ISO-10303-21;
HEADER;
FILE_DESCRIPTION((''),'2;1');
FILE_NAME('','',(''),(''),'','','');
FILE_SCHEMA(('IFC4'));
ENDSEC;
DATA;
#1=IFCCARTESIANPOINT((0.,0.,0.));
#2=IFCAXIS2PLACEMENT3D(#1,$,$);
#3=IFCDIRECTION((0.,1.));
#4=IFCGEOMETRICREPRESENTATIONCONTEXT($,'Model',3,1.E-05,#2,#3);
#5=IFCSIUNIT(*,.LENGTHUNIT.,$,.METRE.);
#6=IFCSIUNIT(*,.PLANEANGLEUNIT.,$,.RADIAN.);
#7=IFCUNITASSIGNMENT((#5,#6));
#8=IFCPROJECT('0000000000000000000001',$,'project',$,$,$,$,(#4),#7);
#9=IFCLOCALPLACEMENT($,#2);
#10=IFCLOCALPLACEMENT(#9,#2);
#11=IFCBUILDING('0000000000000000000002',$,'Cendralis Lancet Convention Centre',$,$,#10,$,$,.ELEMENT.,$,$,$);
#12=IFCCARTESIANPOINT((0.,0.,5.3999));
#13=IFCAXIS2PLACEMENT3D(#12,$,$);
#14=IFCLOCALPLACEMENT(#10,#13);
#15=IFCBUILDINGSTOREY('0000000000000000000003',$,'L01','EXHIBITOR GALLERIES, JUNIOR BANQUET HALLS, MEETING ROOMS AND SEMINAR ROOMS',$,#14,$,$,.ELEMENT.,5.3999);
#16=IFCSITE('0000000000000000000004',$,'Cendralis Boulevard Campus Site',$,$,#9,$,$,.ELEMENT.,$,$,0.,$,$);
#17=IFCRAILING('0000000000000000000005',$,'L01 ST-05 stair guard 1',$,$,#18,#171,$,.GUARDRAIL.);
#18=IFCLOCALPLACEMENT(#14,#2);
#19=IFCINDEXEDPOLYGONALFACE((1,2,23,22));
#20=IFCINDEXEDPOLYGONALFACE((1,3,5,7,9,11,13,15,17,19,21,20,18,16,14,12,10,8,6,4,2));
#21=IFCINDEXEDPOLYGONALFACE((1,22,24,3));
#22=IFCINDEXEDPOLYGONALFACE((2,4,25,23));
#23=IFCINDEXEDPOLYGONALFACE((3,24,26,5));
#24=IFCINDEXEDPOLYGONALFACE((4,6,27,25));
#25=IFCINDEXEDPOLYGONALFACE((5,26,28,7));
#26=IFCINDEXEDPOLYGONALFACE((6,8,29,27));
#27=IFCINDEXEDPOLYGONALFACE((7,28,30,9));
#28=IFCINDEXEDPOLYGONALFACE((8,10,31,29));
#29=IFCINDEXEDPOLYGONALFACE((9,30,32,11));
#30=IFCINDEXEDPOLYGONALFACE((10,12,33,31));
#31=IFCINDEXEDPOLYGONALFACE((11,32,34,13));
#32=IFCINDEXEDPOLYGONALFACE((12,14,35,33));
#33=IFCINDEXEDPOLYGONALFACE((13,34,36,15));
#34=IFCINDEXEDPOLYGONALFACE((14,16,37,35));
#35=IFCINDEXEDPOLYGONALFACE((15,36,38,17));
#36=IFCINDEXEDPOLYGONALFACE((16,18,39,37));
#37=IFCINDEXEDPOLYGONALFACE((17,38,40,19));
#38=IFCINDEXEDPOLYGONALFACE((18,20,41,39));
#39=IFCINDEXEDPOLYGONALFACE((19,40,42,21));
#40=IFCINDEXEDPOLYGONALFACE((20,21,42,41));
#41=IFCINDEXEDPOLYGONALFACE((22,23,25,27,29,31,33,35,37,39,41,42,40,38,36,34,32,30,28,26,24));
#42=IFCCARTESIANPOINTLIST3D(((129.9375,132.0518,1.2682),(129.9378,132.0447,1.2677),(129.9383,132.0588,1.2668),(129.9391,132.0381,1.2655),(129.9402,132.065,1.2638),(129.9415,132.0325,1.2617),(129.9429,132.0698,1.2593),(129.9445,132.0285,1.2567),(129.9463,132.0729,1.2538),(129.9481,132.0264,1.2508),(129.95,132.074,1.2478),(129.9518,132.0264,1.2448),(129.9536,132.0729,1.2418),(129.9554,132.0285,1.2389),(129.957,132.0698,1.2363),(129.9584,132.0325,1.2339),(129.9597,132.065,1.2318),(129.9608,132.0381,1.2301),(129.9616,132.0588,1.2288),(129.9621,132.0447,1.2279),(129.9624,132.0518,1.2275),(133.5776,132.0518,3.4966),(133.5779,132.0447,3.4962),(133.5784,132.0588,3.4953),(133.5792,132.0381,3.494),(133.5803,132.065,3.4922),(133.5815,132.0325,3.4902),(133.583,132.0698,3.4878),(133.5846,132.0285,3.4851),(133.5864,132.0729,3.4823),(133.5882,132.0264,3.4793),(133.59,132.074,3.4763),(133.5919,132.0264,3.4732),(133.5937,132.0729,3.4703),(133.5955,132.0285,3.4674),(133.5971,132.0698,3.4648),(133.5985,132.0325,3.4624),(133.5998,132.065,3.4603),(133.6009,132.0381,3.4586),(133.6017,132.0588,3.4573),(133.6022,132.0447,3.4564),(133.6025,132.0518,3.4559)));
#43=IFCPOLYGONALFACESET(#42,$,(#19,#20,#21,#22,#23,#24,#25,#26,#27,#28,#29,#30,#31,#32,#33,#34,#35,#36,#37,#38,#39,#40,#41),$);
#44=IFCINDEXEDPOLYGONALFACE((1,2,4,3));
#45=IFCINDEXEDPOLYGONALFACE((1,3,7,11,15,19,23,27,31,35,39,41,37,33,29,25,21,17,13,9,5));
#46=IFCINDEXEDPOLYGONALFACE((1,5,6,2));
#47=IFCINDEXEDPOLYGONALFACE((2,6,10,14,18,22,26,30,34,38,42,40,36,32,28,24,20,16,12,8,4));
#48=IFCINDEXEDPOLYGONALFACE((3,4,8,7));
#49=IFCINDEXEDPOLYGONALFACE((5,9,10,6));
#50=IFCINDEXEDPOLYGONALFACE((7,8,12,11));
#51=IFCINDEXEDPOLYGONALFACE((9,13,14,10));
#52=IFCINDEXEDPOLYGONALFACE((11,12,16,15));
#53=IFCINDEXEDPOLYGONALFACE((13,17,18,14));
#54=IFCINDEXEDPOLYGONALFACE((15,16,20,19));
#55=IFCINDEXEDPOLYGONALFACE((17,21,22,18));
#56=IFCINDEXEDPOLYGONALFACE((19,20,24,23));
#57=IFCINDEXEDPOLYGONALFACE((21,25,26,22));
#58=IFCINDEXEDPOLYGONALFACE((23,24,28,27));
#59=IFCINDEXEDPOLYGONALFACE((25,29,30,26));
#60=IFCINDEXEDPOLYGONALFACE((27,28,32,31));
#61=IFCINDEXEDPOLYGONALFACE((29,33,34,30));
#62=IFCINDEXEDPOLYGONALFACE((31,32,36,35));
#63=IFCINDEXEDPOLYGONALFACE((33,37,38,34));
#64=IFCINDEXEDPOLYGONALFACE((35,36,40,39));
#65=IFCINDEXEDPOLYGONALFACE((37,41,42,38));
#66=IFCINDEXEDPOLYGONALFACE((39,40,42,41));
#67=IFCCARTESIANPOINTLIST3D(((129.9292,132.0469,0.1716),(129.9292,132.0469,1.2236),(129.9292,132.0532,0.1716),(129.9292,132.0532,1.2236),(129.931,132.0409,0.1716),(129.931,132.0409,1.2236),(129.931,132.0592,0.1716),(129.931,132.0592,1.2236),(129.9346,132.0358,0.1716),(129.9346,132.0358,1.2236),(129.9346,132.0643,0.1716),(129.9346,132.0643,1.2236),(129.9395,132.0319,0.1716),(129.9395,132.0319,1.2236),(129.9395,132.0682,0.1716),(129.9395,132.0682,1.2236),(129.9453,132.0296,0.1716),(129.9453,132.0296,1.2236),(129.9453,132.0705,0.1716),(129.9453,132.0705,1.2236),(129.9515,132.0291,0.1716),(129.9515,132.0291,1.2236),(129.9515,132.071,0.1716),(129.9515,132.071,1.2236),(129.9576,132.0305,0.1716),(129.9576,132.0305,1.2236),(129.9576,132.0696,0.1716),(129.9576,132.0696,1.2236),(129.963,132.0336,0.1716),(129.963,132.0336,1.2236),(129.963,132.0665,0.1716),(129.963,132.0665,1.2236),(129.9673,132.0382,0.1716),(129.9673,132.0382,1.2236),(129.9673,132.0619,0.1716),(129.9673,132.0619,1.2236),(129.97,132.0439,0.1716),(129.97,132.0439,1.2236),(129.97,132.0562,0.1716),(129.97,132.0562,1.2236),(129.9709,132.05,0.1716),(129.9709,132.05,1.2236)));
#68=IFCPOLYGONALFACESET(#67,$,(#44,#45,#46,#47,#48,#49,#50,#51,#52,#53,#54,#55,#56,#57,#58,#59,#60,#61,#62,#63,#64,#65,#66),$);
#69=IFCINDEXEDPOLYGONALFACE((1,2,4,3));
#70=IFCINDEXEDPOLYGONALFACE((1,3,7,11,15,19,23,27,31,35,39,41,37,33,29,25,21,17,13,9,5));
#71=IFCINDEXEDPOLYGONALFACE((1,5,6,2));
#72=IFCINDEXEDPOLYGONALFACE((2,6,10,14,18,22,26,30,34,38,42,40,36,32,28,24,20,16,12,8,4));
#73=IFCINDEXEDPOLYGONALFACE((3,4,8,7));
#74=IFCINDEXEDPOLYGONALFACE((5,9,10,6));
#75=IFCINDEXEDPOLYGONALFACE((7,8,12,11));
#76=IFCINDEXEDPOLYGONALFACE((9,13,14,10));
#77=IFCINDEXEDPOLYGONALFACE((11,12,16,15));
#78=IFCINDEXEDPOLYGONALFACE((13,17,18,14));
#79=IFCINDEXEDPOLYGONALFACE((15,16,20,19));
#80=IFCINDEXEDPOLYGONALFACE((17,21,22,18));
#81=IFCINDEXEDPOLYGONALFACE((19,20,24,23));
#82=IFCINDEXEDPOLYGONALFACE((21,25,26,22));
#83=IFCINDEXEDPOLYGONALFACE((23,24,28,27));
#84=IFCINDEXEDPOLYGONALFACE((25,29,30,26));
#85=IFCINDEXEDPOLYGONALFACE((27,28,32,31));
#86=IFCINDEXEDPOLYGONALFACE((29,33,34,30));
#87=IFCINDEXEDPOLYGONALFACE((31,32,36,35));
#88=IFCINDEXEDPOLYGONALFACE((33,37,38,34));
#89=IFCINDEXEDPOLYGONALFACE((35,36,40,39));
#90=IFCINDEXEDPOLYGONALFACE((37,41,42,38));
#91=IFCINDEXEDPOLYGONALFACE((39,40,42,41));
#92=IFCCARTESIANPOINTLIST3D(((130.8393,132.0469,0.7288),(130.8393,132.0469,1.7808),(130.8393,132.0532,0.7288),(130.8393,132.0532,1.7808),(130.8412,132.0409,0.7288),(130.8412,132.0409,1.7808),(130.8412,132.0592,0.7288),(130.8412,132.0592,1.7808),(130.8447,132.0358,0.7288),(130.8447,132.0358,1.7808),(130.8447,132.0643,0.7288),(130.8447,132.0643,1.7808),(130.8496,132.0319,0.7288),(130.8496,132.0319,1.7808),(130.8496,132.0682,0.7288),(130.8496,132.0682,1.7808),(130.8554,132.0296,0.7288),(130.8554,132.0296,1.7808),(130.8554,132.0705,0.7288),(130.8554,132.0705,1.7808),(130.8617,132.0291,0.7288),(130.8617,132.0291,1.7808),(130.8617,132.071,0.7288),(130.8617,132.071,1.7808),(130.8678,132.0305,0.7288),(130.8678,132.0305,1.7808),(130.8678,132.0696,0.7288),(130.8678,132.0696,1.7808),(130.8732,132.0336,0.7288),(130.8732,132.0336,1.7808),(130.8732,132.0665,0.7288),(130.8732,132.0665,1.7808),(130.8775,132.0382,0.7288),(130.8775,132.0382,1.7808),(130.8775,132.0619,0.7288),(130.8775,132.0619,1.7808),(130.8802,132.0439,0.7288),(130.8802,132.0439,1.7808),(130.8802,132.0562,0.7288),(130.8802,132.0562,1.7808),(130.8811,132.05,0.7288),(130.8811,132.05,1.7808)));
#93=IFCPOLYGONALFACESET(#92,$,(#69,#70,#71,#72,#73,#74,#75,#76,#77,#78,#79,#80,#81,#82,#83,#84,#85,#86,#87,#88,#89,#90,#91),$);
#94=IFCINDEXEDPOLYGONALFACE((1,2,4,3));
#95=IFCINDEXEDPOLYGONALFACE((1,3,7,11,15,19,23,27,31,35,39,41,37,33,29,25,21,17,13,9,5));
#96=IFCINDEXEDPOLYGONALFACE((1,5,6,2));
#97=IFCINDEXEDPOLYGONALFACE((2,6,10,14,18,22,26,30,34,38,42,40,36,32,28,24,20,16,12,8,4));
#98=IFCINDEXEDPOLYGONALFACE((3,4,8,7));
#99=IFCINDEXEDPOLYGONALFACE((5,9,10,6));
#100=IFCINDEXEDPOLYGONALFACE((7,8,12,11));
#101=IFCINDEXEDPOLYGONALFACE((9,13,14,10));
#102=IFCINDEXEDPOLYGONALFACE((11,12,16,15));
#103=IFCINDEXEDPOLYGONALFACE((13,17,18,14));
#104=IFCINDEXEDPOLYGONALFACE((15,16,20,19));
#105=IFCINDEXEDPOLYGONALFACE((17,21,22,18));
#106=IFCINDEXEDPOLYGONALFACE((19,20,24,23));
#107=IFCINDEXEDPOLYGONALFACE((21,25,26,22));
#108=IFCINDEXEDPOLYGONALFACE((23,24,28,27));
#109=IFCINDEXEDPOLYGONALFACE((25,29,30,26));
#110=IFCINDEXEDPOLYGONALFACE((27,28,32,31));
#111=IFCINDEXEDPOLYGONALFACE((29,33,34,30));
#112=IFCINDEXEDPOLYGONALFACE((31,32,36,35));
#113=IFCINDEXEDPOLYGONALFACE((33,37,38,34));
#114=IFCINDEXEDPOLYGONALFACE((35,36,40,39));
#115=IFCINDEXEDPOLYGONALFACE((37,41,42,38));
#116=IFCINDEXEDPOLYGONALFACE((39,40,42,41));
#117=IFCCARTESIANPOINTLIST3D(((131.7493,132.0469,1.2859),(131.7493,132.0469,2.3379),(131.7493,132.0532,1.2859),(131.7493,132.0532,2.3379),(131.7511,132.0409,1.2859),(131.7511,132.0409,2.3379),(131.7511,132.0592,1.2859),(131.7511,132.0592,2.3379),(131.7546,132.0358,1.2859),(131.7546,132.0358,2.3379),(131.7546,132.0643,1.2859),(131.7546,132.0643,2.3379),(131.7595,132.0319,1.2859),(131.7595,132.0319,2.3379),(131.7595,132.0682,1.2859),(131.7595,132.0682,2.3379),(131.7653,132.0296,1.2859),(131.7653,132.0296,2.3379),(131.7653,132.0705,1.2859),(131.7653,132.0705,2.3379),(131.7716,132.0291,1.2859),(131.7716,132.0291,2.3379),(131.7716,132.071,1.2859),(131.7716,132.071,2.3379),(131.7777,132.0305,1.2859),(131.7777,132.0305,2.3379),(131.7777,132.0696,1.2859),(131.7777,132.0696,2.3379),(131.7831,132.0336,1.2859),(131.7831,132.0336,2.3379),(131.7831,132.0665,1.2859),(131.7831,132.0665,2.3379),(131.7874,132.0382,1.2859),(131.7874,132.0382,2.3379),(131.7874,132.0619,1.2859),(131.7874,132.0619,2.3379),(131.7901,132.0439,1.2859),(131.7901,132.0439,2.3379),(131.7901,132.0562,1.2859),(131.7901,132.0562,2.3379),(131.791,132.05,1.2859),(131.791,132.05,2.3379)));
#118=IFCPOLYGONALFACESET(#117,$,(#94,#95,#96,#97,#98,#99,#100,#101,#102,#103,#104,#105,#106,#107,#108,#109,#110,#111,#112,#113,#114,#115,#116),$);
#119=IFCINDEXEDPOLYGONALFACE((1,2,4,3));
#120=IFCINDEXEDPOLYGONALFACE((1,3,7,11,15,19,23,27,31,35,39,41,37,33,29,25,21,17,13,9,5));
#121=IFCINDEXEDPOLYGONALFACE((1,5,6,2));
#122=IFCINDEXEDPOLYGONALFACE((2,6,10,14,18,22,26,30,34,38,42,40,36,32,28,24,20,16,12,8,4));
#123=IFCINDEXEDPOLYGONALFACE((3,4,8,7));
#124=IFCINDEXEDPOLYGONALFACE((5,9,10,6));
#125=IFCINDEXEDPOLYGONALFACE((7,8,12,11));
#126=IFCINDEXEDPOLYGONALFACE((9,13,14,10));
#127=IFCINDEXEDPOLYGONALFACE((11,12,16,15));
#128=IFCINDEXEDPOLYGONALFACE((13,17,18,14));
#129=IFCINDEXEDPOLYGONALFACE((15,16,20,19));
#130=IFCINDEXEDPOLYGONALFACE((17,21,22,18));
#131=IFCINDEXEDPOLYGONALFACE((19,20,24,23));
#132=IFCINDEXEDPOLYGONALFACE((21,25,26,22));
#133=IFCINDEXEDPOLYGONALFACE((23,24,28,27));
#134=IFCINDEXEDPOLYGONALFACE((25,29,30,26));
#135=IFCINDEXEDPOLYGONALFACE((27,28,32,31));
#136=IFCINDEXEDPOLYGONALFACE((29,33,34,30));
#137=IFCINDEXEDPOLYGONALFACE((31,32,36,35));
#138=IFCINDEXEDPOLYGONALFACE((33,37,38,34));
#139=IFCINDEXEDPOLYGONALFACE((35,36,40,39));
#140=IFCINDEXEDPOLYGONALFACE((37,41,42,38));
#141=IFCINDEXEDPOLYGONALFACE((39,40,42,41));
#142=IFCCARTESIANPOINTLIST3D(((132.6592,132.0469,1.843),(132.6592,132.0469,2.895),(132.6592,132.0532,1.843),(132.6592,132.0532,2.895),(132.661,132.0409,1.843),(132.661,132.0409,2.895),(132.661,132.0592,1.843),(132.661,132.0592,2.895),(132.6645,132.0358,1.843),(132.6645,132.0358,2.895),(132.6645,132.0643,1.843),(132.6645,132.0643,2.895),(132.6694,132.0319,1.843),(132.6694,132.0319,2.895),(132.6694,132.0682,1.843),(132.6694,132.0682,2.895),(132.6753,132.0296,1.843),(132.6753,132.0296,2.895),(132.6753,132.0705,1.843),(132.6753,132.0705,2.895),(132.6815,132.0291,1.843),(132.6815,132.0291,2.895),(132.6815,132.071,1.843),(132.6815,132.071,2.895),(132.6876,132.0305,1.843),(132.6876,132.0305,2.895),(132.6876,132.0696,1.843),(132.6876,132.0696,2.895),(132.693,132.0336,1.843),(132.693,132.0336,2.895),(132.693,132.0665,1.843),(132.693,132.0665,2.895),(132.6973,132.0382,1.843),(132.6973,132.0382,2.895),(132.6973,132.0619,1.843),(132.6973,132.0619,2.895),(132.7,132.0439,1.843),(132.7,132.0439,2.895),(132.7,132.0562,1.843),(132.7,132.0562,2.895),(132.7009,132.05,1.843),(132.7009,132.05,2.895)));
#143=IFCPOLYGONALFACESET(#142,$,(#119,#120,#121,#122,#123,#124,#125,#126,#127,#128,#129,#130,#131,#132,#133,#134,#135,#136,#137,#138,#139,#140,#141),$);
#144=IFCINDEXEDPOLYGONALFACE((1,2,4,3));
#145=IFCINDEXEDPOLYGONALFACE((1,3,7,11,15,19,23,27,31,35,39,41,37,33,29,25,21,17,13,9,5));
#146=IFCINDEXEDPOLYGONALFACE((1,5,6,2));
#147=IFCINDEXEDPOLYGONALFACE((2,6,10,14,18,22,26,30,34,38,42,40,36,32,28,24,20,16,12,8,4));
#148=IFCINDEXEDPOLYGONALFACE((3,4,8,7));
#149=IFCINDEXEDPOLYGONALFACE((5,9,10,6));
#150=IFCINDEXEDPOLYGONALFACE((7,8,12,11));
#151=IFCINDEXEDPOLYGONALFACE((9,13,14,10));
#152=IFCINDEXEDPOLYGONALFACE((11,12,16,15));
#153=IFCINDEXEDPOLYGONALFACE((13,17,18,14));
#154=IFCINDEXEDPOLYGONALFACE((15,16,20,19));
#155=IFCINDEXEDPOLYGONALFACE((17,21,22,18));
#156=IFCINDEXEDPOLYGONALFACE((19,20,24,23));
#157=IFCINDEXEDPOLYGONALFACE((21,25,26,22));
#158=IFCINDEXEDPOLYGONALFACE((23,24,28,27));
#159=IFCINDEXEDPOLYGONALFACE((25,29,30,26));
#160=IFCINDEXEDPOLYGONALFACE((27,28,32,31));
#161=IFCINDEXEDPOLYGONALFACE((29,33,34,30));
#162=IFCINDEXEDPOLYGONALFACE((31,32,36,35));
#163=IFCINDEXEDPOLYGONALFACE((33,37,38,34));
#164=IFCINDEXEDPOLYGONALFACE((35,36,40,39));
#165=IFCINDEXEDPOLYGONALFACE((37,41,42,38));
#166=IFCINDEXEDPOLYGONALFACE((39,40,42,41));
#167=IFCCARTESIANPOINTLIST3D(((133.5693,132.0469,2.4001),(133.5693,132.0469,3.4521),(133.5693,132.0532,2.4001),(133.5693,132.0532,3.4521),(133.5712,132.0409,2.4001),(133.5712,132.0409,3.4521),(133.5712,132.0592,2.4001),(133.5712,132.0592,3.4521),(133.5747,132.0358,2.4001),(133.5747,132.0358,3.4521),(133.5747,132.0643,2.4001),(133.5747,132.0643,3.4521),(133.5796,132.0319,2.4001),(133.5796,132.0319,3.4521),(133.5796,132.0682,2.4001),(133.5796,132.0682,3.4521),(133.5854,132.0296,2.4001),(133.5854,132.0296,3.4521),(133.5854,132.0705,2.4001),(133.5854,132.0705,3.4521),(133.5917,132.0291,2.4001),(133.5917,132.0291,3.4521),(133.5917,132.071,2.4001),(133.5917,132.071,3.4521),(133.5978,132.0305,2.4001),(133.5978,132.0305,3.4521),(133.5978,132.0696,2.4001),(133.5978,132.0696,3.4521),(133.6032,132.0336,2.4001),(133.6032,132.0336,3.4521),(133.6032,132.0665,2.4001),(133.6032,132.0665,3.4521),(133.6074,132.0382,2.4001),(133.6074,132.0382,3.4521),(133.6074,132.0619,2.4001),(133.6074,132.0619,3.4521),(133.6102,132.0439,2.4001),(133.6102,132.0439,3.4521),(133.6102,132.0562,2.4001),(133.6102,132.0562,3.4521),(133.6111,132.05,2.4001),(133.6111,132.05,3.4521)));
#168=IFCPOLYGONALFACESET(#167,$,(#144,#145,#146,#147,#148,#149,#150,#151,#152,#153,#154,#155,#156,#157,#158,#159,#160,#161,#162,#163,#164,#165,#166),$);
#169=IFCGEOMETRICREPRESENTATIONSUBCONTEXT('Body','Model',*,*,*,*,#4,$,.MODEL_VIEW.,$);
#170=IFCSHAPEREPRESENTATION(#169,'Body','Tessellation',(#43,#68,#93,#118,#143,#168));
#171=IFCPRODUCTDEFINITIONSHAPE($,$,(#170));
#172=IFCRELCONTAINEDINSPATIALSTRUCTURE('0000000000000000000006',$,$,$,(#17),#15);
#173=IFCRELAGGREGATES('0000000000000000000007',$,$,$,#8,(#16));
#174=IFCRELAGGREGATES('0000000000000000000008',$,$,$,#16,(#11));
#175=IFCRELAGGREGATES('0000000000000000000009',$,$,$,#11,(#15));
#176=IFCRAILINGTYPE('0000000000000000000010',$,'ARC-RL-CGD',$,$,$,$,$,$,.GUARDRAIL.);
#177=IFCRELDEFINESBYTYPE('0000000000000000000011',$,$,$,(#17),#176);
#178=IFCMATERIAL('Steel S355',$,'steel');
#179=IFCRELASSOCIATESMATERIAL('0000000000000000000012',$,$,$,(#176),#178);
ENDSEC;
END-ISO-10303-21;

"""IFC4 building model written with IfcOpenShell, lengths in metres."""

from ifc_helpers import new_model, si_unit, direction, frame, origin, origin_2d, place, context, subcontext, project, spatial, circle, extrude, material, type_object, element, save


model = new_model("IFC4")

# Units and contexts
model_context = context("Model", 3, precision=1e-05, world=origin(), true_north=direction((0.0, 1.0)))
body_context = subcontext(model_context, "Body", "Model", "MODEL_VIEW")
ifc_project = project(units=[si_unit("LENGTHUNIT", "METRE"), si_unit("PLANEANGLEUNIT", "RADIAN")], contexts=[model_context])

# Site, building, storey
site_placement = place(None, origin())
site = spatial("IfcSite", under=ifc_project, at=site_placement, Name="Cendralis Boulevard Campus Site", CompositionType="ELEMENT", RefElevation=0.0)
building_placement = place(site_placement, origin())
building = spatial("IfcBuilding", under=site, at=building_placement, Name="Cendralis Lancet Convention Centre", CompositionType="ELEMENT")
storey_placement = place(building_placement, frame((0.0, 0.0, 5.3999)))
storey = spatial("IfcBuildingStorey", under=building, at=storey_placement, Name="L01", Description="EXHIBITOR GALLERIES, JUNIOR BANQUET HALLS, MEETING ROOMS AND SEMINAR ROOMS", CompositionType="ELEMENT", Elevation=5.3999)

# Shared definitions
ifc_material_1 = material(Name="Steel S355", Category="steel")

# Railing
railing_type_1 = type_object("IfcRailingType", Name="ARC-RL-CGD", PredefinedType="GUARDRAIL", material=ifc_material_1)
railing_1_placement = place(storey_placement, frame((129.95, 132.05, 0.1716)))
element("IfcRailing", 1, at=railing_1_placement, inside=storey, type_object=railing_type_1, Name="L01 ST-05 stair guard 1", PredefinedType="GUARDRAIL", context=body_context, shape_type="SweptSolid", body=[
    extrude(circle(Radius=0.0239, at=origin_2d()), frame((0.0, 0.0, 1.0762), z_axis=(0.852866, 0.0, 0.52213), x_axis=(0.0, 1.0, 0.0)), (0.0, 0.0, 1.0), 4.2681),
    extrude(circle(Radius=0.021, at=origin_2d()), origin(), (0.0, 0.0, 1.0), 1.052),
    extrude(circle(Radius=0.021, at=origin_2d()), frame((0.9102, 0.0, 0.5571)), (0.0, 0.0, 1.0), 1.052),
    extrude(circle(Radius=0.021, at=origin_2d()), frame((1.8201, 0.0, 1.1143)), (0.0, 0.0, 1.0), 1.052),
    extrude(circle(Radius=0.021, at=origin_2d()), frame((2.73, 0.0, 1.6714)), (0.0, 0.0, 1.0), 1.052),
    extrude(circle(Radius=0.021, at=origin_2d()), frame((3.6401, 0.0, 2.2285)), (0.0, 0.0, 1.0), 1.052),
])

save(model, "model.ifc")
